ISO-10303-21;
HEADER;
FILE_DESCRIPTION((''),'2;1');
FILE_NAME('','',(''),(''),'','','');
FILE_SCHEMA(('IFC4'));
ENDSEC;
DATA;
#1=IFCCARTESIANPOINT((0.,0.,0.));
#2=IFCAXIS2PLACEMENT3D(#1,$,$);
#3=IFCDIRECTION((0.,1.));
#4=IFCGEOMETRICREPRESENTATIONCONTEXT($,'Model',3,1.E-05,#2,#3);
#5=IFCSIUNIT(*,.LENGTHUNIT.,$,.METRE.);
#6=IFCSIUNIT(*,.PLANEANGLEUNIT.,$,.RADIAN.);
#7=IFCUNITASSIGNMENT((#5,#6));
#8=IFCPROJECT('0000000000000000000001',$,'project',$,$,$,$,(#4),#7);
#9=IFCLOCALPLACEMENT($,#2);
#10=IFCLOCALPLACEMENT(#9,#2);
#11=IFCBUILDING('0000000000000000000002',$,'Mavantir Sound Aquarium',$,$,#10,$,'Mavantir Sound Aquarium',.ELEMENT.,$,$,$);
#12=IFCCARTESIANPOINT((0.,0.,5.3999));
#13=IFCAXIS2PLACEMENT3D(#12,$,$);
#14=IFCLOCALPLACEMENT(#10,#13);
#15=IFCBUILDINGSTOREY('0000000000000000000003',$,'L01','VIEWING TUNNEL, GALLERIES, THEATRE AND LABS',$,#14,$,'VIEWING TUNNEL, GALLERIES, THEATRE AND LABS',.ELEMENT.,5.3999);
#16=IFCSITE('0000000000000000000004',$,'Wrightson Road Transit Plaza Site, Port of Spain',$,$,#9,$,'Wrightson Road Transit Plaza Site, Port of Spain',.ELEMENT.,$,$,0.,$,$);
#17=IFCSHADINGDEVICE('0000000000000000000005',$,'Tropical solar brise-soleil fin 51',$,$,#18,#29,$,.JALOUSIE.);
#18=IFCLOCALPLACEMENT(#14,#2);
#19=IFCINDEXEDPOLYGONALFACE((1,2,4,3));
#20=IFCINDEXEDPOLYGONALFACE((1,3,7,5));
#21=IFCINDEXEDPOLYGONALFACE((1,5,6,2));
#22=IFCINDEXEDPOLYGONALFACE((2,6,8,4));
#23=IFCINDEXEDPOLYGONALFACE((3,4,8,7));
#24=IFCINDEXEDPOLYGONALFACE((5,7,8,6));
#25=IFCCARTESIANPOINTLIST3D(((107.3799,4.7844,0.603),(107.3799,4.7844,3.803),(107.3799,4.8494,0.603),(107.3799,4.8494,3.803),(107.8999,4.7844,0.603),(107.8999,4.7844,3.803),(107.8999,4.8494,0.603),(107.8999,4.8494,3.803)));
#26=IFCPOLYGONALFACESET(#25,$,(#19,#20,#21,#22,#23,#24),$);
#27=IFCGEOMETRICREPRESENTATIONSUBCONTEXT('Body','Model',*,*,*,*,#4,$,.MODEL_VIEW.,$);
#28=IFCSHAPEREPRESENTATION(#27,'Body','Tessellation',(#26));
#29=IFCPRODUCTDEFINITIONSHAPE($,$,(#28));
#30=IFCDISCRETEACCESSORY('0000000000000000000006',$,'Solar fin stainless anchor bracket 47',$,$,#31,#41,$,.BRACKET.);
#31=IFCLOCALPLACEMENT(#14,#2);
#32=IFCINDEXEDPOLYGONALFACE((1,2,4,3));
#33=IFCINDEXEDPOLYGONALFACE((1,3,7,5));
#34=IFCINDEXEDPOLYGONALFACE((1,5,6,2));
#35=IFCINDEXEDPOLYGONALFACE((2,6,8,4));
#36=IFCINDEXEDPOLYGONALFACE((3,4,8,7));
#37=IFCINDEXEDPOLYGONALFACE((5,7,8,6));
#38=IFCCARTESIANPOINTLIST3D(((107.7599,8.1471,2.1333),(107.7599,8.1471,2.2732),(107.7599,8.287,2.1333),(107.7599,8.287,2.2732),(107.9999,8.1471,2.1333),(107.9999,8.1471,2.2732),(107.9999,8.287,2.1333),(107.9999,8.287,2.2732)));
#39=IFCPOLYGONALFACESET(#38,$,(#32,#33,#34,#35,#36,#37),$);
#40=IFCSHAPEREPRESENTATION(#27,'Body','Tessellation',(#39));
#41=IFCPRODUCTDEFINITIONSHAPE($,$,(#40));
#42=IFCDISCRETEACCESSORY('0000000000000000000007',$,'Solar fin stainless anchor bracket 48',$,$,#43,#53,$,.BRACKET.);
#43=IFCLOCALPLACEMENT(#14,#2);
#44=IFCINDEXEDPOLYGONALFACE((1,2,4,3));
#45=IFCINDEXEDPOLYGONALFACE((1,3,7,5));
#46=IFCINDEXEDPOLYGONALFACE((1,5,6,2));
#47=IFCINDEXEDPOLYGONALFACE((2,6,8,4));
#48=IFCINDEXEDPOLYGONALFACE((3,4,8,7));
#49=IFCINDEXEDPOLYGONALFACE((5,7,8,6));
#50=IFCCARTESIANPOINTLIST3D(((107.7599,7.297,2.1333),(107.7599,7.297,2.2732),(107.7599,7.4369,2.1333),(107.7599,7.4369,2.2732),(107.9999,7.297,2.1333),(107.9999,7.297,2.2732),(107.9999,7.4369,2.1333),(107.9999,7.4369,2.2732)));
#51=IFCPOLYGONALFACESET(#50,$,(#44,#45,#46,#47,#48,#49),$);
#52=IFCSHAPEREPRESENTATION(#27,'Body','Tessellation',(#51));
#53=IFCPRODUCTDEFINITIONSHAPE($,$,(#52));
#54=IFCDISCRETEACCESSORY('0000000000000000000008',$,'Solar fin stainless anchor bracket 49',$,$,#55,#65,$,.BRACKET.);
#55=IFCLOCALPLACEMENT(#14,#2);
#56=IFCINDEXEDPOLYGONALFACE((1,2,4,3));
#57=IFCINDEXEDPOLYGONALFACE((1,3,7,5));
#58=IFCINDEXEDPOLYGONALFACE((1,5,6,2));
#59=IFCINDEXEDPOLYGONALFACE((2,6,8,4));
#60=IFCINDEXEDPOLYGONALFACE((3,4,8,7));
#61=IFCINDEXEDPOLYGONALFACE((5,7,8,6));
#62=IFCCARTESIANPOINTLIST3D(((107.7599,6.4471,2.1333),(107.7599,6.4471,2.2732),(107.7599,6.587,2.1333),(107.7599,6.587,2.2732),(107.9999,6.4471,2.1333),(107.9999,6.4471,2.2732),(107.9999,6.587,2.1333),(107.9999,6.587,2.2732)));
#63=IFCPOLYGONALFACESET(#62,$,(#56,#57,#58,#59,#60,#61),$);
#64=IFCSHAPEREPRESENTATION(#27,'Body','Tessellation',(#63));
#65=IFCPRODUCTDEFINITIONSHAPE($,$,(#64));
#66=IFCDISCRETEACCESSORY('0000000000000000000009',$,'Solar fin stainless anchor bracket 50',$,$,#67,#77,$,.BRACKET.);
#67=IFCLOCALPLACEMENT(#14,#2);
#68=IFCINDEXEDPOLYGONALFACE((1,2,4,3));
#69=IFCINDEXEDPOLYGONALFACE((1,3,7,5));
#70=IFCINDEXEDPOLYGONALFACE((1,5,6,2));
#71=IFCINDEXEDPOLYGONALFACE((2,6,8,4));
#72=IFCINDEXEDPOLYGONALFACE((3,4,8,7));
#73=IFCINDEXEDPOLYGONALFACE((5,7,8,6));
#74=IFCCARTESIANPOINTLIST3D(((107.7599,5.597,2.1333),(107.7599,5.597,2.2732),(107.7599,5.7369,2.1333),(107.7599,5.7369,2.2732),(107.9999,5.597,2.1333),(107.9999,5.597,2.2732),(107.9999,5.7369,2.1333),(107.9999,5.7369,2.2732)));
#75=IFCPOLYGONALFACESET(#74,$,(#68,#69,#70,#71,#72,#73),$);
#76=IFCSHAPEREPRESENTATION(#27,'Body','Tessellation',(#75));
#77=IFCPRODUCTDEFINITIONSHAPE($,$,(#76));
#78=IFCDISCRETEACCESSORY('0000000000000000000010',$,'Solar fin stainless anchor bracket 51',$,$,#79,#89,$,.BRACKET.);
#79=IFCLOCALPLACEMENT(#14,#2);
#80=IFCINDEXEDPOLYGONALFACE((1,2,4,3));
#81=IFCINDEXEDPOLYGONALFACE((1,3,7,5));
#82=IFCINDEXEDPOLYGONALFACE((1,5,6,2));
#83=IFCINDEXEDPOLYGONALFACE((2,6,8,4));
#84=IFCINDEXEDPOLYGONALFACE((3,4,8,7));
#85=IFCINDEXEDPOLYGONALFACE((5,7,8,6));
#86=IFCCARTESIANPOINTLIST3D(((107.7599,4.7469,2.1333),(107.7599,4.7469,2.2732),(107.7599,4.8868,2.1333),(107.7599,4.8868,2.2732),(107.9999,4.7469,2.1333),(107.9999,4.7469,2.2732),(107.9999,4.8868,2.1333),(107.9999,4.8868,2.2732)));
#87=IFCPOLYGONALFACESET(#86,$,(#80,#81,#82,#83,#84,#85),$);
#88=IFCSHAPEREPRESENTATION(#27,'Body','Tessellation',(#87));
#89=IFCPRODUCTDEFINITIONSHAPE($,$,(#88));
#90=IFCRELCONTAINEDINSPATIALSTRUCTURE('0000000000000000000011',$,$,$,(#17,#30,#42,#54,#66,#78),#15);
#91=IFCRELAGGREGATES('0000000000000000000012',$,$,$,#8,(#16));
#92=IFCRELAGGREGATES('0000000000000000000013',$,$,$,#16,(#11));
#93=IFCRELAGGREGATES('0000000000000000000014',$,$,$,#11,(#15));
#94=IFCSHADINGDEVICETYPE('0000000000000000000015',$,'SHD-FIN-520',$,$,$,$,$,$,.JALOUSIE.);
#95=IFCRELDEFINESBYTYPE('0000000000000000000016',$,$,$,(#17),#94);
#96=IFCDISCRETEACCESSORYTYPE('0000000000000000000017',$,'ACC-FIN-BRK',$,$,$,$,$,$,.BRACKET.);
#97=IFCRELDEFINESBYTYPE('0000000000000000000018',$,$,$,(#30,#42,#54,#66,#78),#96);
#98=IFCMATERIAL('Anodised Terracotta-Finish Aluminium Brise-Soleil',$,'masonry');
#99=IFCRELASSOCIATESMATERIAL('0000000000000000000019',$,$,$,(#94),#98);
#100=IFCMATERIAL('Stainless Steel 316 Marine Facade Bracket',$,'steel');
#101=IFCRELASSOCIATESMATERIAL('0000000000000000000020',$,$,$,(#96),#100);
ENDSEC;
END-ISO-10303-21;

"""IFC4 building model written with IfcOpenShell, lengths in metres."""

from ifc_helpers import new_model, si_unit, direction, frame, origin, origin_2d, place, context, subcontext, project, spatial, rectangle, extrude, material, type_object, element, save


model = new_model("IFC4")

# Units and contexts
model_context = context("Model", 3, precision=1e-05, world=origin(), true_north=direction((0.0, 1.0)))
body_context = subcontext(model_context, "Body", "Model", "MODEL_VIEW")
ifc_project = project(units=[si_unit("LENGTHUNIT", "METRE"), si_unit("PLANEANGLEUNIT", "RADIAN")], contexts=[model_context])

# Site, building, storey
site_placement = place(None, origin())
site = spatial("IfcSite", under=ifc_project, at=site_placement, Name="Wrightson Road Transit Plaza Site, Port of Spain", LongName="Wrightson Road Transit Plaza Site, Port of Spain", CompositionType="ELEMENT", RefElevation=0.0)
building_placement = place(site_placement, origin())
building = spatial("IfcBuilding", under=site, at=building_placement, Name="Mavantir Sound Aquarium", LongName="Mavantir Sound Aquarium", CompositionType="ELEMENT")
storey_placement = place(building_placement, frame((0.0, 0.0, 5.3999)))
storey = spatial("IfcBuildingStorey", under=building, at=storey_placement, Name="L01", Description="VIEWING TUNNEL, GALLERIES, THEATRE AND LABS", LongName="VIEWING TUNNEL, GALLERIES, THEATRE AND LABS", CompositionType="ELEMENT", Elevation=5.3999)

# Shading device
ifc_material_1 = material(Name="Anodised Terracotta-Finish Aluminium Brise-Soleil", Category="masonry")
shading_device_type = type_object("IfcShadingDeviceType", Name="SHD-FIN-520", PredefinedType="JALOUSIE", material=ifc_material_1)
for number, where, z_axis, x_axis, name in (
    (1, (107.6399, 4.8169, 0.603), (0.0, 0.0, 1.0), (0.0, 1.0, 0.0), "Tropical solar brise-soleil fin 51"),
):
    element("IfcShadingDevice", number, at=place(storey_placement, frame(where, z_axis=z_axis, x_axis=x_axis)), inside=storey, type_object=shading_device_type, Name=name, PredefinedType="JALOUSIE", context=body_context, shape_type="SweptSolid", body=[
        extrude(rectangle(XDim=0.0649, YDim=0.52, at=origin_2d()), origin(), (0.0, 0.0, 1.0), 3.2),
    ])

# Discrete accessories
ifc_material_2 = material(Name="Stainless Steel 316 Marine Facade Bracket", Category="steel")
discrete_accessory_type = type_object("IfcDiscreteAccessoryType", Name="ACC-FIN-BRK", PredefinedType="BRACKET", material=ifc_material_2)
for number, where, z_axis, x_axis, name in (
    (2, (107.8799, 8.217, 2.1333), (0.0, 0.0, 1.0), (0.0, 1.0, 0.0), "Solar fin stainless anchor bracket 47"),
    (3, (107.8799, 7.3669, 2.1333), (0.0, 0.0, 1.0), (0.0, 1.0, 0.0), "Solar fin stainless anchor bracket 48"),
    (4, (107.8799, 6.5171, 2.1333), (0.0, 0.0, 1.0), (0.0, 1.0, 0.0), "Solar fin stainless anchor bracket 49"),
    (5, (107.8799, 5.667, 2.1333), (0.0, 0.0, 1.0), (0.0, 1.0, 0.0), "Solar fin stainless anchor bracket 50"),
    (6, (107.8799, 4.8169, 2.1333), (0.0, 0.0, 1.0), (0.0, 1.0, 0.0), "Solar fin stainless anchor bracket 51"),
):
    element("IfcDiscreteAccessory", number, at=place(storey_placement, frame(where, z_axis=z_axis, x_axis=x_axis)), inside=storey, type_object=discrete_accessory_type, Name=name, PredefinedType="BRACKET", context=body_context, shape_type="SweptSolid", body=[
        extrude(rectangle(XDim=0.1399, YDim=0.24, at=origin_2d()), origin(), (0.0, 0.0, 1.0), 0.1399),
    ])

save(model, "model.ifc")
